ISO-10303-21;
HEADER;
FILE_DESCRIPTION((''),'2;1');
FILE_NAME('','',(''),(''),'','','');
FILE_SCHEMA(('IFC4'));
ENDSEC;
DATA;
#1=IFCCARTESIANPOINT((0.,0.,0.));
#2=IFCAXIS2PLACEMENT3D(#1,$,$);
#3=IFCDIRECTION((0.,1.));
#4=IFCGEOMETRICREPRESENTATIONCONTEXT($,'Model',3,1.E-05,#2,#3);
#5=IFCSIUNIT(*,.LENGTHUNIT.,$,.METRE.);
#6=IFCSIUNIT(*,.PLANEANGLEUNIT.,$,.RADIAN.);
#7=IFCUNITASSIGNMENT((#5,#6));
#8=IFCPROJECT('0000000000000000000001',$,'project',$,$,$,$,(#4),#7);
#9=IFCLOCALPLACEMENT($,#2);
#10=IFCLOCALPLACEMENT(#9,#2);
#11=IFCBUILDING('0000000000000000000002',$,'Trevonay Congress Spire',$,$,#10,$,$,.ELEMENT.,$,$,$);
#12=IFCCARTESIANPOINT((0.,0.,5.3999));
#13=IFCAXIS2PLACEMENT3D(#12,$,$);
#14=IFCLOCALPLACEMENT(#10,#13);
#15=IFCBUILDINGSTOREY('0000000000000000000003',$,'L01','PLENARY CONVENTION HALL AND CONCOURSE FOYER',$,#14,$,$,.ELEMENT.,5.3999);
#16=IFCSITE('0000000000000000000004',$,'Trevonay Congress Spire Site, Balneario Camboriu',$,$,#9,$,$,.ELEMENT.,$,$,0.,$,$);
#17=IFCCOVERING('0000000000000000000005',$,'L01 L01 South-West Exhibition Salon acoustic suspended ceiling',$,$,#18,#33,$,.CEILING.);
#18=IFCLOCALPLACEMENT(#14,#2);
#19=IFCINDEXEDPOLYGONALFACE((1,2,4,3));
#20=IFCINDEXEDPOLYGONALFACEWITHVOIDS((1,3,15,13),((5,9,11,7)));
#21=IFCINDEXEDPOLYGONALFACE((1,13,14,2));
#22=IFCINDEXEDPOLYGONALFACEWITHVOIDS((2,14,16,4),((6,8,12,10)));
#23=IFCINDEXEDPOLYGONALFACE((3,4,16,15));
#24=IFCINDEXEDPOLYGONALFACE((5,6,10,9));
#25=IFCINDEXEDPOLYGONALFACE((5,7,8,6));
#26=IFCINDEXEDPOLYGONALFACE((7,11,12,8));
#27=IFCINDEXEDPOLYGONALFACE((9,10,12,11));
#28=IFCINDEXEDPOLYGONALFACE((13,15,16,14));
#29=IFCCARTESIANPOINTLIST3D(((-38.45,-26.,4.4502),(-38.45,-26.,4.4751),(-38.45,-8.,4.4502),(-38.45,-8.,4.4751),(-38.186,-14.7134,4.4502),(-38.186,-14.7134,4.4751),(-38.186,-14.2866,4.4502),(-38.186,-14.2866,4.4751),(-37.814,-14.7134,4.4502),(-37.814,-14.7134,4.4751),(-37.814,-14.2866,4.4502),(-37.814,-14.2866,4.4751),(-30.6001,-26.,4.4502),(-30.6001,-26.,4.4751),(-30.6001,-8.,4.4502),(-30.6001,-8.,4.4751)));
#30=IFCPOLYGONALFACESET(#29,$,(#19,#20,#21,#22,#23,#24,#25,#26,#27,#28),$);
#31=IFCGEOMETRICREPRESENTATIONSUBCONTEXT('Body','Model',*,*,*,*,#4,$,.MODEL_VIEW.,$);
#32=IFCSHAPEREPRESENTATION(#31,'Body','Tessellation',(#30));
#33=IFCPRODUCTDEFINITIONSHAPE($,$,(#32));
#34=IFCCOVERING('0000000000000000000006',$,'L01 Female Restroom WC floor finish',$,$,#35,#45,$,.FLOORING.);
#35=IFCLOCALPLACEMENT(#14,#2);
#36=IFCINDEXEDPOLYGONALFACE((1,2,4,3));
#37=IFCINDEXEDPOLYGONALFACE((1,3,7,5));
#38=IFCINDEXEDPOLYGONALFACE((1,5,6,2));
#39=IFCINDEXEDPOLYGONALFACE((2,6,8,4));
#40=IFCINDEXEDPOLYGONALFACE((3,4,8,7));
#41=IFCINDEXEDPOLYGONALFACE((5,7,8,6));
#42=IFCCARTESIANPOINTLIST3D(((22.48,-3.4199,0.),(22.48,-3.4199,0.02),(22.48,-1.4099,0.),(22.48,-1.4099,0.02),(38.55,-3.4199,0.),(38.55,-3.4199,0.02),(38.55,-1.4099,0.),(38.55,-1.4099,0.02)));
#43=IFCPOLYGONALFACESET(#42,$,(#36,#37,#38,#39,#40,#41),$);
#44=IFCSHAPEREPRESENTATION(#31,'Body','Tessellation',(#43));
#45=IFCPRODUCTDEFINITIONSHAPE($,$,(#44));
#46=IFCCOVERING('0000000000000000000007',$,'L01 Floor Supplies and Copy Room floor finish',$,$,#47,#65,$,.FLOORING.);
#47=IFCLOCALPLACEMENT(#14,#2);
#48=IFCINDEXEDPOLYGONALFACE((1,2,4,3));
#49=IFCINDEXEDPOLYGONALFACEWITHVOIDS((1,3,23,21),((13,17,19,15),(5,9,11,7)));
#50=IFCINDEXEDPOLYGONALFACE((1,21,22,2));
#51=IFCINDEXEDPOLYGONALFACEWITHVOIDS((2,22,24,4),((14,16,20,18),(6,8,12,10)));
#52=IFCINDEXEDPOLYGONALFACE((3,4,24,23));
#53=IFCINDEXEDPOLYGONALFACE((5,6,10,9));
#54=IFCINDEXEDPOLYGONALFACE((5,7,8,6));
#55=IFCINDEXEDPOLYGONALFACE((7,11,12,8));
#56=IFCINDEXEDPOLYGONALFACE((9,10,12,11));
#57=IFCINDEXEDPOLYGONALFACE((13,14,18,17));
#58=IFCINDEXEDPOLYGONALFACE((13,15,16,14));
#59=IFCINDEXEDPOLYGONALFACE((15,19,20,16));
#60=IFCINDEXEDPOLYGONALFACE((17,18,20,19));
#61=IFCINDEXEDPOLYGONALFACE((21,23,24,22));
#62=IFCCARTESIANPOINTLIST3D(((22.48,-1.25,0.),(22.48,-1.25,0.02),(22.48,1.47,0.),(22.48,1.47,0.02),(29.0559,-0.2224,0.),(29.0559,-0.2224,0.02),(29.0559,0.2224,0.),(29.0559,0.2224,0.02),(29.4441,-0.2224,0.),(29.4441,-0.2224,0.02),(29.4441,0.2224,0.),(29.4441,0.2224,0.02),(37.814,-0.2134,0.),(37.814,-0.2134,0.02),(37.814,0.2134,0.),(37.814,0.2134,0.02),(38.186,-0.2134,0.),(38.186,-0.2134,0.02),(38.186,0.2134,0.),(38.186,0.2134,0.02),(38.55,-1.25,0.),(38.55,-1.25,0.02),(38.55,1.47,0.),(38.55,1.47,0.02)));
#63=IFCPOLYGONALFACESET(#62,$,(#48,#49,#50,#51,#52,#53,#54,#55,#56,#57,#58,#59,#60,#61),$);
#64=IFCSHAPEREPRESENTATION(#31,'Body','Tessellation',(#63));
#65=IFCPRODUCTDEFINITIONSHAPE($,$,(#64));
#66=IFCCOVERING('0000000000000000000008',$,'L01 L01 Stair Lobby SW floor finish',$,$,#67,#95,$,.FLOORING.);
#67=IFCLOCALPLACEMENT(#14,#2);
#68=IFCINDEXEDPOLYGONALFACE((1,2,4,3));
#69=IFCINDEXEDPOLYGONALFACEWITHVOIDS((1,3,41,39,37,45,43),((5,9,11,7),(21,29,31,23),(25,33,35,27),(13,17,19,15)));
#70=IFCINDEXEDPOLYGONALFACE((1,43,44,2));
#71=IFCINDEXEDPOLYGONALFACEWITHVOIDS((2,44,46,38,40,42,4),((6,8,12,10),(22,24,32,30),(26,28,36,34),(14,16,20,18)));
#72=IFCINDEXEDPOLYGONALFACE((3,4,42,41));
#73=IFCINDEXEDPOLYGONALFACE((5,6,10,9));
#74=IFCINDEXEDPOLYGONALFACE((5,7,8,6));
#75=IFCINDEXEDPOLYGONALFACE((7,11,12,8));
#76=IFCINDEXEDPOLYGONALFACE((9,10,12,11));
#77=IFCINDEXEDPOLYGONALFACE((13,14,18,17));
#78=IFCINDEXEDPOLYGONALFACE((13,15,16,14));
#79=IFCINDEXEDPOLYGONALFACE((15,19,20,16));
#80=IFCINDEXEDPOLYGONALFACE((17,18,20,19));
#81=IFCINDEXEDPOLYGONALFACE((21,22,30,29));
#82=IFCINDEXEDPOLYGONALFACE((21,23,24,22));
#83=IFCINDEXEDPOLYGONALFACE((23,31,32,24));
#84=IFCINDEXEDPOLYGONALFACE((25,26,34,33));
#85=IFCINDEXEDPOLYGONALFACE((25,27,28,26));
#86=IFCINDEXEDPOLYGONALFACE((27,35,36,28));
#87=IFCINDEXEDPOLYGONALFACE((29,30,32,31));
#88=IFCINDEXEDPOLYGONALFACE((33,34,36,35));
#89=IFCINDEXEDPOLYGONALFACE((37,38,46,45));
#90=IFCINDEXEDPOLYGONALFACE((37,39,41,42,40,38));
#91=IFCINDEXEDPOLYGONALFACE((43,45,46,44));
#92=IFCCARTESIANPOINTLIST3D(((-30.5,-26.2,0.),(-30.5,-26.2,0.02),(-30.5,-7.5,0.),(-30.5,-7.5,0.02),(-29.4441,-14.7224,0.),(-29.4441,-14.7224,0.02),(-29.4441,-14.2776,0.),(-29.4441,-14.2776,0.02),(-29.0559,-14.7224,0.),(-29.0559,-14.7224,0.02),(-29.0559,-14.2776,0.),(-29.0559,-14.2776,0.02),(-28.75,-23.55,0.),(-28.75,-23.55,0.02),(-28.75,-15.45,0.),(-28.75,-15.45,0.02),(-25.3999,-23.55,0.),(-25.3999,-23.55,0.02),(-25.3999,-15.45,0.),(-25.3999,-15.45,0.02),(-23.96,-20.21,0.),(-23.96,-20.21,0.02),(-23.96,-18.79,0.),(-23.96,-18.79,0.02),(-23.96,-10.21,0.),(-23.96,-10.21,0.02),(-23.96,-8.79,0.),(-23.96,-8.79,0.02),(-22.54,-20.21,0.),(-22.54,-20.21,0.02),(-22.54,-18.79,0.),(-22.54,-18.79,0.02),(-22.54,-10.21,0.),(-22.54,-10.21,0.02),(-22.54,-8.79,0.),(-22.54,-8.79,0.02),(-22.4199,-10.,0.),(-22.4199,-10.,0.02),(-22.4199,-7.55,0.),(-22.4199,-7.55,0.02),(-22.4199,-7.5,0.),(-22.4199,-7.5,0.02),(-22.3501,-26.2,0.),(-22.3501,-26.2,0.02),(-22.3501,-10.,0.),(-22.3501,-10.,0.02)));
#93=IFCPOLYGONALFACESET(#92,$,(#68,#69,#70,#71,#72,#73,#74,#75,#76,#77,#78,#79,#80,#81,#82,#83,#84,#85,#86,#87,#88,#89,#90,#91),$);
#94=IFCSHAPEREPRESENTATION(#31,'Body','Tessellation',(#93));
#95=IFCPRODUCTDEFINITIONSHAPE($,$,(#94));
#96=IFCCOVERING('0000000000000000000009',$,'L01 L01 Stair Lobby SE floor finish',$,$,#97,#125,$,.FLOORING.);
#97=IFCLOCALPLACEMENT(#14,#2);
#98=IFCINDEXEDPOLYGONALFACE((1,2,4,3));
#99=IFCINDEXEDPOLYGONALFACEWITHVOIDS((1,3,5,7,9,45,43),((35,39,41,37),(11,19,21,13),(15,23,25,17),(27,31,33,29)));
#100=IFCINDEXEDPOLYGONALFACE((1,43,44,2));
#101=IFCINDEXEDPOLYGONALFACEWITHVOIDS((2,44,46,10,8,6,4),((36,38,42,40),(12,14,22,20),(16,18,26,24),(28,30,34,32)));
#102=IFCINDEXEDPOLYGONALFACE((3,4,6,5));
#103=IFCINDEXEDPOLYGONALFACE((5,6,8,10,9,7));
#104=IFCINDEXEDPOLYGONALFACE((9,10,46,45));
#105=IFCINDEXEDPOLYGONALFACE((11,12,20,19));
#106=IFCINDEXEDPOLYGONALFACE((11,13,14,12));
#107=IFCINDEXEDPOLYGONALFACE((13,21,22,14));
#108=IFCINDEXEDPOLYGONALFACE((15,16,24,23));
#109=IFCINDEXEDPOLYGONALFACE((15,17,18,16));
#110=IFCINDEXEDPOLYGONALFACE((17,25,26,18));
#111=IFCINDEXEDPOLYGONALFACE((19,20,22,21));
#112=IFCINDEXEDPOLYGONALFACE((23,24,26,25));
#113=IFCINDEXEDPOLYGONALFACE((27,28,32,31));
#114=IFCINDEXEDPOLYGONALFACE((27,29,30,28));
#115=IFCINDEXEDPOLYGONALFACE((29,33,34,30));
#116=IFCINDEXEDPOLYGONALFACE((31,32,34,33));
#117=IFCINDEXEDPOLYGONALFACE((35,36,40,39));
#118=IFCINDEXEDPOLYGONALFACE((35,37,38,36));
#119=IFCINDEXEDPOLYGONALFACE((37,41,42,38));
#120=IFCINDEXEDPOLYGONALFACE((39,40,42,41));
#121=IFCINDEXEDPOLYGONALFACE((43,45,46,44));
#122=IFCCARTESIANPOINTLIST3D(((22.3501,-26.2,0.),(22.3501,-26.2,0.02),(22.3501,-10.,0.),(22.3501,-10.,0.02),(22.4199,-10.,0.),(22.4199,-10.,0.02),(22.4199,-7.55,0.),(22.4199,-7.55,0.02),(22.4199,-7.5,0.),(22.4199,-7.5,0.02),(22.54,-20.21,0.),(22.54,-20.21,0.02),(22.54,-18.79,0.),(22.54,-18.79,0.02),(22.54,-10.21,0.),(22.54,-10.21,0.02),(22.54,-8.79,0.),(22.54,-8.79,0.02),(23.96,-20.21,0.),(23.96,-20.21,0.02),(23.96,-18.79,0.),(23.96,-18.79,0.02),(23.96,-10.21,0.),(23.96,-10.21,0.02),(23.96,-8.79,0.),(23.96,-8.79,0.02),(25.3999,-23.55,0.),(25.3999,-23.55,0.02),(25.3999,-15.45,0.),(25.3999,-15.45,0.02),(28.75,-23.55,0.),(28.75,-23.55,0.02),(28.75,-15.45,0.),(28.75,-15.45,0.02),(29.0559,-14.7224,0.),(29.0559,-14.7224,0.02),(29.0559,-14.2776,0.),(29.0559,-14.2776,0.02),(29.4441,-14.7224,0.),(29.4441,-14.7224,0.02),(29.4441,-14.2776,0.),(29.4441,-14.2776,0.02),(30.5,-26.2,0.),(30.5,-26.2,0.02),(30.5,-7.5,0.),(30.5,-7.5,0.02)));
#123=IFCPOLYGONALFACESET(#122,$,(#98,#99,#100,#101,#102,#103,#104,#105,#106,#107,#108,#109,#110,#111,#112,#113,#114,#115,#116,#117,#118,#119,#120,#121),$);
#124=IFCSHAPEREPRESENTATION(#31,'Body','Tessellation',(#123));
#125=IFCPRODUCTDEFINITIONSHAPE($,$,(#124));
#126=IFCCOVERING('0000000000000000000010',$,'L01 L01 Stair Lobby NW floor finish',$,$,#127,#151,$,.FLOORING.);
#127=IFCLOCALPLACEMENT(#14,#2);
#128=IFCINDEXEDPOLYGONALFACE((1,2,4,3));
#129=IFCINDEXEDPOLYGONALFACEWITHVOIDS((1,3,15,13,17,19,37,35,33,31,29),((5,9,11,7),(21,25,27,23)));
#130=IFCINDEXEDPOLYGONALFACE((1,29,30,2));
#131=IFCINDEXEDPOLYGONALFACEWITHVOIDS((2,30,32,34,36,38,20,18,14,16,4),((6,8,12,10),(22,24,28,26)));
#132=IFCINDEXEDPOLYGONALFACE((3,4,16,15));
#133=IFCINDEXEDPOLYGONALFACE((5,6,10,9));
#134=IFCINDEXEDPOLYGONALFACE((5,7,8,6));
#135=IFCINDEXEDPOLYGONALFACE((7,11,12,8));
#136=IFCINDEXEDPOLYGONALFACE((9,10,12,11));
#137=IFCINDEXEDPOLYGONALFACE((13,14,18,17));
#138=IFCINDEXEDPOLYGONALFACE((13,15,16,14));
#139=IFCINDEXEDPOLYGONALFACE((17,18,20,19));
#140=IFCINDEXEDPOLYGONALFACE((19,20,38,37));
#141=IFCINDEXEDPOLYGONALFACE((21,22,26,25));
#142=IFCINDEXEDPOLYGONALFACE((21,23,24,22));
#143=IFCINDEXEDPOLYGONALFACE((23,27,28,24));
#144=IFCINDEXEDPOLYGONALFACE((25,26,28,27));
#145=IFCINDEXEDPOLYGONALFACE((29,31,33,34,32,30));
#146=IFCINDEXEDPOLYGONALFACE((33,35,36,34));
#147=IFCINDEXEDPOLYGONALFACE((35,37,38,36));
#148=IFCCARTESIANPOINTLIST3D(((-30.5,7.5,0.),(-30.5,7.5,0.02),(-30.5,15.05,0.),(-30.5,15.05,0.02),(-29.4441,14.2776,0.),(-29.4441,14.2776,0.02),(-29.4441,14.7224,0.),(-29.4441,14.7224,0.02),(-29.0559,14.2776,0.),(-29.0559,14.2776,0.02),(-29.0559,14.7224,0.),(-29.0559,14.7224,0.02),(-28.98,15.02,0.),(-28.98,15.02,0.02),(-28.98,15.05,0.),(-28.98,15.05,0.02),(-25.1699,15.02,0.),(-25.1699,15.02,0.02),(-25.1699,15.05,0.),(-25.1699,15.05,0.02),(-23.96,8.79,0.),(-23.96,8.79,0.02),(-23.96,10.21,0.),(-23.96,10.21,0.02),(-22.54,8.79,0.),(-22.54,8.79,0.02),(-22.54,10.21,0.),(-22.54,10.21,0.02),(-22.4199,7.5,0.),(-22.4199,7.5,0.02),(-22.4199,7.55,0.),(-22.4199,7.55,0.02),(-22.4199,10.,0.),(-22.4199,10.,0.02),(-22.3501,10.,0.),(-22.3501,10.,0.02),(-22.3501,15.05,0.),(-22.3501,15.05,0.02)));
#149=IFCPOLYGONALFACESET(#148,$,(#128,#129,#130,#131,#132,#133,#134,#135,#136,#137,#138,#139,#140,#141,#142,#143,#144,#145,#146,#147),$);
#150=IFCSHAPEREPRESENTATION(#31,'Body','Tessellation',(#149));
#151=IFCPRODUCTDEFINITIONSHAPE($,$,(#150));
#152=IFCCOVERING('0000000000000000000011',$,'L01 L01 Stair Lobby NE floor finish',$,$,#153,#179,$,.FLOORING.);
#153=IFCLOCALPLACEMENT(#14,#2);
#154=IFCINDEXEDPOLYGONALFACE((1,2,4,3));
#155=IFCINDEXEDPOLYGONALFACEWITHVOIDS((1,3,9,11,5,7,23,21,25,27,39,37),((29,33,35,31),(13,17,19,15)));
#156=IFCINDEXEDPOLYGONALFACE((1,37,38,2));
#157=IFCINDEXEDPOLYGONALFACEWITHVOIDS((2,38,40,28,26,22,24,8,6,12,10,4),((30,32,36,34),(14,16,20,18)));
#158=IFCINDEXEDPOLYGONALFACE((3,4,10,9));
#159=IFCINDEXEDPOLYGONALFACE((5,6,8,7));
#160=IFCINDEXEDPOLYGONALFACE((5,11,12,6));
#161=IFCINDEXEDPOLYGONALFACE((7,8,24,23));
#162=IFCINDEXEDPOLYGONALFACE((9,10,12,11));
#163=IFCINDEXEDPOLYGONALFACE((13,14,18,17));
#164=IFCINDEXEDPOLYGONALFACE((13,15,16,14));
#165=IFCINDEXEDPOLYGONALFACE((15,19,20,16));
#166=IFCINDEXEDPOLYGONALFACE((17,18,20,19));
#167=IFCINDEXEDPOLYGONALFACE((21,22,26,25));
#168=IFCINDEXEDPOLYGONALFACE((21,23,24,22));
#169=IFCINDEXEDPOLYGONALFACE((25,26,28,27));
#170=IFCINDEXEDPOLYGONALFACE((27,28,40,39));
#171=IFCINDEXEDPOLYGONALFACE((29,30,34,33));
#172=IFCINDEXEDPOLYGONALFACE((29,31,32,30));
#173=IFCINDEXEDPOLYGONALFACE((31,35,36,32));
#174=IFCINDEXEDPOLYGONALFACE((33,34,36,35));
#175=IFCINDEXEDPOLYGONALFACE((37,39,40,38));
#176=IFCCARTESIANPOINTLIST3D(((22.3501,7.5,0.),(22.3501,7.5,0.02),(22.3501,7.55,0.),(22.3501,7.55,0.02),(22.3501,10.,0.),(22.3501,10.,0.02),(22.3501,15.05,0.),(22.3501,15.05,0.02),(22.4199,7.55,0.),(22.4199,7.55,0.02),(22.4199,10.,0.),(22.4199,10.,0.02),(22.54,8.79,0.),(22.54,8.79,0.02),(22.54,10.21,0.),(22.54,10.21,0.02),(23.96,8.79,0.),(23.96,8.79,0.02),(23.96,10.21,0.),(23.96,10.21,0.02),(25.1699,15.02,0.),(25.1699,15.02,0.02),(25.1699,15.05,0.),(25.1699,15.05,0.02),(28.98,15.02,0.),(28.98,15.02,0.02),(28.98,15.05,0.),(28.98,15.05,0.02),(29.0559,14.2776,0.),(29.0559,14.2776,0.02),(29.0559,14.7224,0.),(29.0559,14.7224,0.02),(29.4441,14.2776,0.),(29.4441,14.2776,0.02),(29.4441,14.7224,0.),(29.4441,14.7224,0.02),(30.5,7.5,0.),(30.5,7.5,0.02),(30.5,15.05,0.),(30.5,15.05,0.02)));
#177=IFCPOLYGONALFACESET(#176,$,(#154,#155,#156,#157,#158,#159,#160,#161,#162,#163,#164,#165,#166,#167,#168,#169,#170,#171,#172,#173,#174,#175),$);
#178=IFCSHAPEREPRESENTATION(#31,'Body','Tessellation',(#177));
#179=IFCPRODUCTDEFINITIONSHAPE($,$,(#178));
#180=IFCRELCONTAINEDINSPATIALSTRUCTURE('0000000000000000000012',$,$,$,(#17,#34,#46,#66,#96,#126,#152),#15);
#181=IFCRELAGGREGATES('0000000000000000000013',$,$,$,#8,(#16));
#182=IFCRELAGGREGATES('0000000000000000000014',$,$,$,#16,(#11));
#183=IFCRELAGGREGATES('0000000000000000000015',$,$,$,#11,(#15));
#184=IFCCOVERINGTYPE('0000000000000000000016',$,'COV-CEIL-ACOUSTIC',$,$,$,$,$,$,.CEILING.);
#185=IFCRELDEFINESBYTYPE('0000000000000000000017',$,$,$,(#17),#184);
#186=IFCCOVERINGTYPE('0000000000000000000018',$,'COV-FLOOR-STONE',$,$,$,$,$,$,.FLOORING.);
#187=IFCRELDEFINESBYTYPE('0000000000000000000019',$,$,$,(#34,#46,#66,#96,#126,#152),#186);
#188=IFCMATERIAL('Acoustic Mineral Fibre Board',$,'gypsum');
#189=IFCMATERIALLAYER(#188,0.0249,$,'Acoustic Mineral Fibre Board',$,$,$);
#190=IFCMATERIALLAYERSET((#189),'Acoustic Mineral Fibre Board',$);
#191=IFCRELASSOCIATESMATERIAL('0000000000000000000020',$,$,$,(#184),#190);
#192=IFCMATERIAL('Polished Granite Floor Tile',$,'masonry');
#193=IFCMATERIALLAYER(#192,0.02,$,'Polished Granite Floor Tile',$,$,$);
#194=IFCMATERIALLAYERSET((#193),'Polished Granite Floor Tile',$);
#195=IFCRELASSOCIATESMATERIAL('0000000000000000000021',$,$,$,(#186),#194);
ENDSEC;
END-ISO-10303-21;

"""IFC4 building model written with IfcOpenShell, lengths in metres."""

from ifc_helpers import new_model, si_unit, direction, frame, origin, place, context, subcontext, project, spatial, polyline, outline, extrude, material, layer, layer_set, type_object, element, save


model = new_model("IFC4")

# Units and contexts
model_context = context("Model", 3, precision=1e-05, world=origin(), true_north=direction((0.0, 1.0)))
body_context = subcontext(model_context, "Body", "Model", "MODEL_VIEW")
ifc_project = project(units=[si_unit("LENGTHUNIT", "METRE"), si_unit("PLANEANGLEUNIT", "RADIAN")], contexts=[model_context])

# Site, building, storey
site_placement = place(None, origin())
site = spatial("IfcSite", under=ifc_project, at=site_placement, Name="Trevonay Congress Spire Site, Balneario Camboriu", CompositionType="ELEMENT", RefElevation=0.0)
building_placement = place(site_placement, origin())
building = spatial("IfcBuilding", under=site, at=building_placement, Name="Trevonay Congress Spire", CompositionType="ELEMENT")
storey_placement = place(building_placement, frame((0.0, 0.0, 5.3999)))
storey = spatial("IfcBuildingStorey", under=building, at=storey_placement, Name="L01", Description="PLENARY CONVENTION HALL AND CONCOURSE FOYER", CompositionType="ELEMENT", Elevation=5.3999)

# Coverings
ifc_material_1 = material(Name="Acoustic Mineral Fibre Board", Category="gypsum")
ifc_layer_1 = layer(ifc_material_1, 0.0249, Name="Acoustic Mineral Fibre Board")
ifc_layer_set_1 = layer_set([ifc_layer_1], Name="Acoustic Mineral Fibre Board")
covering_type_1 = type_object("IfcCoveringType", Name="COV-CEIL-ACOUSTIC", PredefinedType="CEILING", material=ifc_layer_set_1)
covering_1_placement = place(storey_placement, frame((0.0, 0.0, 4.4502)))
element("IfcCovering", 1, at=covering_1_placement, inside=storey, type_object=covering_type_1, Name="L01 L01 South-West Exhibition Salon acoustic suspended ceiling", PredefinedType="CEILING", context=body_context, shape_type="SweptSolid", body=[
    extrude(outline(polyline([(-38.45, -8.0), (-30.6001, -8.0), (-30.6001, -26.0), (-38.45, -26.0), (-38.45, -8.0)]), holes=[polyline([(-37.814, -14.7134), (-37.814, -14.2866), (-38.186, -14.2866), (-38.186, -14.7134), (-37.814, -14.7134)])]), origin(), (0.0, 0.0, 1.0), 0.0249),
])
ifc_material_2 = material(Name="Polished Granite Floor Tile", Category="masonry")
ifc_layer_2 = layer(ifc_material_2, 0.02, Name="Polished Granite Floor Tile")
ifc_layer_set_2 = layer_set([ifc_layer_2], Name="Polished Granite Floor Tile")
covering_type_2 = type_object("IfcCoveringType", Name="COV-FLOOR-STONE", PredefinedType="FLOORING", material=ifc_layer_set_2)
covering_2_placement = place(storey_placement, origin())
element("IfcCovering", 2, at=covering_2_placement, inside=storey, type_object=covering_type_2, Name="L01 Female Restroom WC floor finish", PredefinedType="FLOORING", context=body_context, shape_type="SweptSolid", body=[
    extrude(outline(polyline([(22.48, -3.4199), (38.55, -3.4199), (38.55, -1.4099), (22.48, -1.4099), (22.48, -3.4199)])), origin(), (0.0, 0.0, 1.0), 0.02),
])
covering_3_placement = place(storey_placement, origin())
element("IfcCovering", 3, at=covering_3_placement, inside=storey, type_object=covering_type_2, Name="L01 Floor Supplies and Copy Room floor finish", PredefinedType="FLOORING", context=body_context, shape_type="SweptSolid", body=[
    extrude(outline(polyline([(22.48, 1.47), (38.55, 1.47), (38.55, -1.25), (22.48, -1.25), (22.48, 1.47)]), holes=[polyline([(29.0559, -0.2224), (29.4441, -0.2224), (29.4441, 0.2224), (29.0559, 0.2224), (29.0559, -0.2224)]), polyline([(37.814, -0.2134), (38.186, -0.2134), (38.186, 0.2134), (37.814, 0.2134), (37.814, -0.2134)])]), origin(), (0.0, 0.0, 1.0), 0.02),
])
covering_4_placement = place(storey_placement, origin())
element("IfcCovering", 4, at=covering_4_placement, inside=storey, type_object=covering_type_2, Name="L01 L01 Stair Lobby SW floor finish", PredefinedType="FLOORING", context=body_context, shape_type="SweptSolid", body=[
    extrude(outline(polyline([(-30.5, -26.2), (-30.5, -7.5), (-22.4199, -7.5), (-22.4199, -7.55), (-22.4199, -10.0), (-22.3501, -10.0), (-22.3501, -26.2), (-30.5, -26.2)]), holes=[polyline([(-22.54, -20.21), (-22.54, -18.79), (-23.96, -18.79), (-23.96, -20.21), (-22.54, -20.21)]), polyline([(-29.4441, -14.7224), (-29.0559, -14.7224), (-29.0559, -14.2776), (-29.4441, -14.2776), (-29.4441, -14.7224)]), polyline([(-23.96, -10.21), (-22.54, -10.21), (-22.54, -8.79), (-23.96, -8.79), (-23.96, -10.21)]), polyline([(-28.75, -15.45), (-28.75, -23.55), (-25.3999, -23.55), (-25.3999, -15.45), (-28.75, -15.45)])]), origin(), (0.0, 0.0, 1.0), 0.02),
])
covering_5_placement = place(storey_placement, origin())
element("IfcCovering", 5, at=covering_5_placement, inside=storey, type_object=covering_type_2, Name="L01 L01 Stair Lobby SE floor finish", PredefinedType="FLOORING", context=body_context, shape_type="SweptSolid", body=[
    extrude(outline(polyline([(22.3501, -26.2), (22.3501, -10.0), (22.4199, -10.0), (22.4199, -7.55), (22.4199, -7.5), (30.5, -7.5), (30.5, -26.2), (22.3501, -26.2)]), holes=[polyline([(23.96, -20.21), (23.96, -18.79), (22.54, -18.79), (22.54, -20.21), (23.96, -20.21)]), polyline([(29.0559, -14.7224), (29.4441, -14.7224), (29.4441, -14.2776), (29.0559, -14.2776), (29.0559, -14.7224)]), polyline([(22.54, -10.21), (23.96, -10.21), (23.96, -8.79), (22.54, -8.79), (22.54, -10.21)]), polyline([(28.75, -15.45), (25.3999, -15.45), (25.3999, -23.55), (28.75, -23.55), (28.75, -15.45)])]), origin(), (0.0, 0.0, 1.0), 0.02),
])
covering_6_placement = place(storey_placement, origin())
element("IfcCovering", 6, at=covering_6_placement, inside=storey, type_object=covering_type_2, Name="L01 L01 Stair Lobby NW floor finish", PredefinedType="FLOORING", context=body_context, shape_type="SweptSolid", body=[
    extrude(outline(polyline([(-25.1699, 15.02), (-25.1699, 15.05), (-22.3501, 15.05), (-22.3501, 10.0), (-22.4199, 10.0), (-22.4199, 7.55), (-22.4199, 7.5), (-30.5, 7.5), (-30.5, 15.05), (-28.98, 15.05), (-28.98, 15.02), (-25.1699, 15.02)]), holes=[polyline([(-22.54, 8.79), (-22.54, 10.21), (-23.96, 10.21), (-23.96, 8.79), (-22.54, 8.79)]), polyline([(-29.0559, 14.2776), (-29.0559, 14.7224), (-29.4441, 14.7224), (-29.4441, 14.2776), (-29.0559, 14.2776)])]), origin(), (0.0, 0.0, 1.0), 0.02),
])
covering_7_placement = place(storey_placement, origin())
element("IfcCovering", 7, at=covering_7_placement, inside=storey, type_object=covering_type_2, Name="L01 L01 Stair Lobby NE floor finish", PredefinedType="FLOORING", context=body_context, shape_type="SweptSolid", body=[
    extrude(outline(polyline([(28.98, 15.02), (28.98, 15.05), (30.5, 15.05), (30.5, 7.5), (22.3501, 7.5), (22.3501, 7.55), (22.4199, 7.55), (22.4199, 10.0), (22.3501, 10.0), (22.3501, 15.05), (25.1699, 15.05), (25.1699, 15.02), (28.98, 15.02)]), holes=[polyline([(23.96, 8.79), (23.96, 10.21), (22.54, 10.21), (22.54, 8.79), (23.96, 8.79)]), polyline([(29.4441, 14.2776), (29.4441, 14.7224), (29.0559, 14.7224), (29.0559, 14.2776), (29.4441, 14.2776)])]), origin(), (0.0, 0.0, 1.0), 0.02),
])

save(model, "model.ifc")
